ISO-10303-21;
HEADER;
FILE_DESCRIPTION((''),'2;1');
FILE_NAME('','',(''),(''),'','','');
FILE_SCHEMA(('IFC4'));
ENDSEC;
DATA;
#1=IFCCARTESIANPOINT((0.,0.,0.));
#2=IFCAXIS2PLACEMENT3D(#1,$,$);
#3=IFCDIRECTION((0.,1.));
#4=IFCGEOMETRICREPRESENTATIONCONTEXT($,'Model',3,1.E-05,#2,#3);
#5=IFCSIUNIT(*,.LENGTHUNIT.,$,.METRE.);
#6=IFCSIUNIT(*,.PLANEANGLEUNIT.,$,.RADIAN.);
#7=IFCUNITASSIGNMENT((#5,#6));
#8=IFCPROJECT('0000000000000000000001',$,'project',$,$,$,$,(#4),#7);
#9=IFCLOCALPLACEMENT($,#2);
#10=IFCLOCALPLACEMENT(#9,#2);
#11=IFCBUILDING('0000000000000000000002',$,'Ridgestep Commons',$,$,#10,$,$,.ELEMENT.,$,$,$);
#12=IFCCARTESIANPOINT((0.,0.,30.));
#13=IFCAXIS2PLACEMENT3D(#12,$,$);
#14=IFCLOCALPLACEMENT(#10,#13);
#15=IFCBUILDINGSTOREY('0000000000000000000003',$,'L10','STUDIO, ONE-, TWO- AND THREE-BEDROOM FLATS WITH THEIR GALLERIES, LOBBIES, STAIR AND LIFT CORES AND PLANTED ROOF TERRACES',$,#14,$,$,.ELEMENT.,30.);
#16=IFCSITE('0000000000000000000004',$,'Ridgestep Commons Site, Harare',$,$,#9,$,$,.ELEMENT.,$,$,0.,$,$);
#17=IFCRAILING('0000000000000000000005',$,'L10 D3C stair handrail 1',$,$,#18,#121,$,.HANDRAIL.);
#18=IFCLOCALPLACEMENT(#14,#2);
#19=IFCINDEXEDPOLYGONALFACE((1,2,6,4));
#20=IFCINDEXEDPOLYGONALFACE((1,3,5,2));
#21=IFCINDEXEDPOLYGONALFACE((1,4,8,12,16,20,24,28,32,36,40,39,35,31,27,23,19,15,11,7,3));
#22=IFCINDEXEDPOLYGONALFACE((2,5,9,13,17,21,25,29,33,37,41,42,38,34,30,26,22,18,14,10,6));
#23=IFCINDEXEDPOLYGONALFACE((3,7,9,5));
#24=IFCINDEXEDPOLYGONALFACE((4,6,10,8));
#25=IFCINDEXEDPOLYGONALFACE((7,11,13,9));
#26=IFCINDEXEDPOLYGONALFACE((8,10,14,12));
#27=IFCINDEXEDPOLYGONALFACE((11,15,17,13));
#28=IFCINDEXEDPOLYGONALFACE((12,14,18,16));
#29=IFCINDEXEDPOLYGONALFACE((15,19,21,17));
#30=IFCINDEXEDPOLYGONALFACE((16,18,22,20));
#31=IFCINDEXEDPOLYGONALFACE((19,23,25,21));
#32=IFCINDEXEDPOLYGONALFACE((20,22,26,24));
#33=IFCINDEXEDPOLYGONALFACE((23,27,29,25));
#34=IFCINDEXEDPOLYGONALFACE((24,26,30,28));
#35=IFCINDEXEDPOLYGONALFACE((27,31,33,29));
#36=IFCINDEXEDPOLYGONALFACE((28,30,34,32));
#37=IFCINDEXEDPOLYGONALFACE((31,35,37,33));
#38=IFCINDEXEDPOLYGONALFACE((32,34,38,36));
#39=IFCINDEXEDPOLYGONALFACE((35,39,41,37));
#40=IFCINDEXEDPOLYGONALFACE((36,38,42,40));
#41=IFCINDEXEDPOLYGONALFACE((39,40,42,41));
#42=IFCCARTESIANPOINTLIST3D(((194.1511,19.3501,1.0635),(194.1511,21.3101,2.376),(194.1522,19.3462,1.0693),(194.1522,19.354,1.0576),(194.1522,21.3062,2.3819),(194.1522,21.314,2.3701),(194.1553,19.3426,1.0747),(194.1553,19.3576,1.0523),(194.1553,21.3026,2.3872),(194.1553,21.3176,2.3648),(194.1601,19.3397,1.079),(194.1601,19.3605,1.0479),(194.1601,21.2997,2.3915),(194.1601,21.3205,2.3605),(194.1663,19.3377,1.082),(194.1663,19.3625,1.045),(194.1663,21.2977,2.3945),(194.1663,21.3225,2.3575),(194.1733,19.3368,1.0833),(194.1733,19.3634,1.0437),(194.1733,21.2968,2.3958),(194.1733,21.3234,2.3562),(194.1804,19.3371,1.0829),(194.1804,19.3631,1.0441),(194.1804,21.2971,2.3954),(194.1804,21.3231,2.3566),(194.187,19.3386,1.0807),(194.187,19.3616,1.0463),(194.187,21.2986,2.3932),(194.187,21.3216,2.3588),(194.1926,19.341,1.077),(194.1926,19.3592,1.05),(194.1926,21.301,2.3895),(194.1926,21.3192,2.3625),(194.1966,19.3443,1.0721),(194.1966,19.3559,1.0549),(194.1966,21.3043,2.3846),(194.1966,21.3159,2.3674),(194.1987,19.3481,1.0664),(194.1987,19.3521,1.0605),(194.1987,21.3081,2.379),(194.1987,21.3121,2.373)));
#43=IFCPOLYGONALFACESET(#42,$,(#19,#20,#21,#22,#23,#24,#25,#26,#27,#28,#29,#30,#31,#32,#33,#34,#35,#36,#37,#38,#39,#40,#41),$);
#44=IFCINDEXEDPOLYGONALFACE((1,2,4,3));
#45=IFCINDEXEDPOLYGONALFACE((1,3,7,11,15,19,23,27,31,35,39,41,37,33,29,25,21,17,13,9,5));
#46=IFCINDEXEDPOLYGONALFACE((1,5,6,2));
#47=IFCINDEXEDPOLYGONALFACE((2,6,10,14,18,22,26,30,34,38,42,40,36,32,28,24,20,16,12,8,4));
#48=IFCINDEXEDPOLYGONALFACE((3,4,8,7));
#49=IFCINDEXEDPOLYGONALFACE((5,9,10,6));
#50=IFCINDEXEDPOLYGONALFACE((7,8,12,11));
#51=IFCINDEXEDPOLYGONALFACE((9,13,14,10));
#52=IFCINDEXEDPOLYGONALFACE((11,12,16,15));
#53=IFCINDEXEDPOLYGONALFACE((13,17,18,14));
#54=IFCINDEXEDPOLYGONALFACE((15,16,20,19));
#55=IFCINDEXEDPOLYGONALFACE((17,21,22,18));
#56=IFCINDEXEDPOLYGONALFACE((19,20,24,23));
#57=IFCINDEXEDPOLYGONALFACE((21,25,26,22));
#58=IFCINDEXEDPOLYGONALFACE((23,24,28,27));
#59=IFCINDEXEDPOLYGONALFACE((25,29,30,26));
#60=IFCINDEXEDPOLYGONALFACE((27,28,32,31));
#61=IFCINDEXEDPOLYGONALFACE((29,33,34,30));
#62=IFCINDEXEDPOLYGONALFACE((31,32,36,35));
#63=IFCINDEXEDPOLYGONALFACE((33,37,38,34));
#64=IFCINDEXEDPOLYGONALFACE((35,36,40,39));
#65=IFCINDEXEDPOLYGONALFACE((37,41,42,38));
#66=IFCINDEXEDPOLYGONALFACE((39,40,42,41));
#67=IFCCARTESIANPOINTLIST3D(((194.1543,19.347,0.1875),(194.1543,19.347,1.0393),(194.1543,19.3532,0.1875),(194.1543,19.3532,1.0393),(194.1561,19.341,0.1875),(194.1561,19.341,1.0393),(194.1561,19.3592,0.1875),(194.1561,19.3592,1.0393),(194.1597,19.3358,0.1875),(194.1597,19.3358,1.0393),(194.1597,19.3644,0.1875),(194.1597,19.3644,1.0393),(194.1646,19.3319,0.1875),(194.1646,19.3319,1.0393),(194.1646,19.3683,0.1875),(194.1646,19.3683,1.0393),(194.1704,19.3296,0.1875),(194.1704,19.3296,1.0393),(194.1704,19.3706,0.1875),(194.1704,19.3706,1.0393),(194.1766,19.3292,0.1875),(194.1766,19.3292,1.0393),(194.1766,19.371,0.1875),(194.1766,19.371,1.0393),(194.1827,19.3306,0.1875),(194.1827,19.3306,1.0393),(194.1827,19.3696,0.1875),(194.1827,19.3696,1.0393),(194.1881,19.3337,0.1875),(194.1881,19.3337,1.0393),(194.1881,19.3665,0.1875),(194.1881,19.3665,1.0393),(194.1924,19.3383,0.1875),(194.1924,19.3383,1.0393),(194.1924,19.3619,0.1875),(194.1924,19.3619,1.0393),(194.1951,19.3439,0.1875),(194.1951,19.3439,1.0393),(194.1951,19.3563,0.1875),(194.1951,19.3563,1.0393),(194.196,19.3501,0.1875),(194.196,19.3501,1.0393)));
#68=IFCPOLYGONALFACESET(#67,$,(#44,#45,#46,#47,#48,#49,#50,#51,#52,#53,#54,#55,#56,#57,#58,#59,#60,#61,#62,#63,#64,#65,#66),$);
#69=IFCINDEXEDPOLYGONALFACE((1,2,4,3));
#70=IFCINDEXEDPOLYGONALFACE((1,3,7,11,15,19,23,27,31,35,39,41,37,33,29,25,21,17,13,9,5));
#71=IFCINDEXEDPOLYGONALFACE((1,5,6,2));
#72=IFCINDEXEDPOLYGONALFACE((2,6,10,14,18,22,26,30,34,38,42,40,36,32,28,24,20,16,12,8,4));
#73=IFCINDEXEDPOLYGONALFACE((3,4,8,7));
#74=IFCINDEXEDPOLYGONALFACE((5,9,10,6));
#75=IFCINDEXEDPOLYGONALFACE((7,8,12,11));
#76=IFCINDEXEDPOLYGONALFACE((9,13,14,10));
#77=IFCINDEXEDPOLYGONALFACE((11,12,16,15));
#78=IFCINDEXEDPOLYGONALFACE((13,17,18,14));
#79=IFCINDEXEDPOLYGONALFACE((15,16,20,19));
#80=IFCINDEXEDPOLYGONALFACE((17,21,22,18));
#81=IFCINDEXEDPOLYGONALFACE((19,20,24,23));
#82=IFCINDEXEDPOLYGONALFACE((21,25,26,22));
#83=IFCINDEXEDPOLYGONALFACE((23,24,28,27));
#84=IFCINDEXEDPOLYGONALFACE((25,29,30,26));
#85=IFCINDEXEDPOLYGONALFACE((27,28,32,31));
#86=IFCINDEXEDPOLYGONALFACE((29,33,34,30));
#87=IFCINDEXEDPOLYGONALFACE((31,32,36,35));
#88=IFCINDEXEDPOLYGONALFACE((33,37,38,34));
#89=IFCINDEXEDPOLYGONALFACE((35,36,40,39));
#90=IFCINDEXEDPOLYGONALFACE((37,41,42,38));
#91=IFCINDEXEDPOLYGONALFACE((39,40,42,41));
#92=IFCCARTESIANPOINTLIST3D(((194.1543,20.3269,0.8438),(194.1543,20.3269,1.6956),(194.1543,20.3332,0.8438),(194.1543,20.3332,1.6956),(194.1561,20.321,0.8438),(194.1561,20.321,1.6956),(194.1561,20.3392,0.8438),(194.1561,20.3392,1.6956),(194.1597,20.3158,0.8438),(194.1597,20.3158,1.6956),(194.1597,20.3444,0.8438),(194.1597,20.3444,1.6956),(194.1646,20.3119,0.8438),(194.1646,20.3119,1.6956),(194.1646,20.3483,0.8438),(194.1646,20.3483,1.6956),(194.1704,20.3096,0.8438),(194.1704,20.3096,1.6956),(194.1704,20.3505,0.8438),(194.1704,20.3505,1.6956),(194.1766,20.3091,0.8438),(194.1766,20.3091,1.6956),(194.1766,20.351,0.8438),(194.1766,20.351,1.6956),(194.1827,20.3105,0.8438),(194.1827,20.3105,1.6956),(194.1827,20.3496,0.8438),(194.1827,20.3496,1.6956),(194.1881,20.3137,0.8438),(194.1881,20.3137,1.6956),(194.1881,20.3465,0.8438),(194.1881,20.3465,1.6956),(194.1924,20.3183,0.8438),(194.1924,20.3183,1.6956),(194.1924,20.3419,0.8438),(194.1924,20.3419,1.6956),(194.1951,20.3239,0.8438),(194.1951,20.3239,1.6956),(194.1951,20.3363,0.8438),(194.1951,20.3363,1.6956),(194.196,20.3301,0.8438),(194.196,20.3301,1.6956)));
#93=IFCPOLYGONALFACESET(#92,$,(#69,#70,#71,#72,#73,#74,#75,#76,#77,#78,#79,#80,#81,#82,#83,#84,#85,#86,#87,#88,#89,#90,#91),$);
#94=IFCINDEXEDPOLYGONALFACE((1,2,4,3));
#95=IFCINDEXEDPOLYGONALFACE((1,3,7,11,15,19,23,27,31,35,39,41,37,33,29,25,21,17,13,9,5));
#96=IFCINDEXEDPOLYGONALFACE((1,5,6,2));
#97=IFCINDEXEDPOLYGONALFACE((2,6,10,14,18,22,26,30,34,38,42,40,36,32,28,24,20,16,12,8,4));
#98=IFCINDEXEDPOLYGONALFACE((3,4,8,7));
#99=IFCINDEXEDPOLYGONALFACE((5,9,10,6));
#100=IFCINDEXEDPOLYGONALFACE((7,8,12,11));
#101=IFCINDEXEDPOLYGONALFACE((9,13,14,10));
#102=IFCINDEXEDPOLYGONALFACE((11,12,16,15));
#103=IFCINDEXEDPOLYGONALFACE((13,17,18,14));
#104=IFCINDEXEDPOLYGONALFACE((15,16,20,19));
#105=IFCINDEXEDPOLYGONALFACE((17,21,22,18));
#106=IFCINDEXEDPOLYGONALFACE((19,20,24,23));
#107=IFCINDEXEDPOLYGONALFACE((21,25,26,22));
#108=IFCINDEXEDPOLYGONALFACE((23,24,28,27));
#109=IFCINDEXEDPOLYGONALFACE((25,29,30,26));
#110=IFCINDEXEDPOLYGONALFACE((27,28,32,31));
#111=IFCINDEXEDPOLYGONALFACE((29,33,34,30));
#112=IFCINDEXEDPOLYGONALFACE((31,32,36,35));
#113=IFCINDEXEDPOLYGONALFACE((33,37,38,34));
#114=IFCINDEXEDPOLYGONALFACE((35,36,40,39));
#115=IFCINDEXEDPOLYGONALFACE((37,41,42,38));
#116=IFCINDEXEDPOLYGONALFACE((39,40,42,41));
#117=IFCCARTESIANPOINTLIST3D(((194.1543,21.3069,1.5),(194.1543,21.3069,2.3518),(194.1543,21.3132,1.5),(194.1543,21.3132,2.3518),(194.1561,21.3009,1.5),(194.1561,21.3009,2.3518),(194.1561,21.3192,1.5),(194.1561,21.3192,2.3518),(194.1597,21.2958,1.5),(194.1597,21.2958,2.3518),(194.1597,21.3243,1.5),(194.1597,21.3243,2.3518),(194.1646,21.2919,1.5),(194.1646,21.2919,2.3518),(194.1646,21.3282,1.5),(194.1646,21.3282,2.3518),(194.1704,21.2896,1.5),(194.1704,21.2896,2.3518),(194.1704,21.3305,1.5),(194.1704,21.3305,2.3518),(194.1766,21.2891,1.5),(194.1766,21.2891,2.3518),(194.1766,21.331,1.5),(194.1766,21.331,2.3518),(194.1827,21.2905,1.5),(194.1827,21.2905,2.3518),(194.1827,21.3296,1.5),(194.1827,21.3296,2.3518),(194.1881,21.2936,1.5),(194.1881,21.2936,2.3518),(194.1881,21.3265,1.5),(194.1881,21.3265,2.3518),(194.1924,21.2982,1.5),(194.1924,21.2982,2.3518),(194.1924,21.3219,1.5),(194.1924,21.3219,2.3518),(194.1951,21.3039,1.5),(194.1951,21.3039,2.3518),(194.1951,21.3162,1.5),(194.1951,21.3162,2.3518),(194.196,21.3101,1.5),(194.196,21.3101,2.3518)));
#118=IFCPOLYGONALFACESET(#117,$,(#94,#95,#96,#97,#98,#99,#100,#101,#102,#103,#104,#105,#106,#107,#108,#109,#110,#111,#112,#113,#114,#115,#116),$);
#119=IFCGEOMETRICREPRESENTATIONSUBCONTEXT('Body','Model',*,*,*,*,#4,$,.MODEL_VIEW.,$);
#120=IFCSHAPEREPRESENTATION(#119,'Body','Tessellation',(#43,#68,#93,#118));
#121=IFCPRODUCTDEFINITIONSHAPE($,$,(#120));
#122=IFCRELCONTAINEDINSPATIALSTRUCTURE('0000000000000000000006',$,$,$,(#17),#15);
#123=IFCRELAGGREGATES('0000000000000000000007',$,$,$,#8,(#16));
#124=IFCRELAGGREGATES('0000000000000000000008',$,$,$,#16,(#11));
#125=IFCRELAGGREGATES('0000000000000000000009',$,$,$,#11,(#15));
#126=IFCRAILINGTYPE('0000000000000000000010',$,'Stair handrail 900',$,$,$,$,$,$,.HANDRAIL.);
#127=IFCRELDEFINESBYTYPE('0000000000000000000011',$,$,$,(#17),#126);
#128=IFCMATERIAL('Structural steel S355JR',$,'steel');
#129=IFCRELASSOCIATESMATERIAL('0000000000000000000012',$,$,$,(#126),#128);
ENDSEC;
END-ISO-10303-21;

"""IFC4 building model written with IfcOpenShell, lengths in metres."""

from ifc_helpers import new_model, si_unit, direction, frame, origin, origin_2d, place, context, subcontext, project, spatial, circle, extrude, material, type_object, element, save


model = new_model("IFC4")

# Units and contexts
model_context = context("Model", 3, precision=1e-05, world=origin(), true_north=direction((0.0, 1.0)))
body_context = subcontext(model_context, "Body", "Model", "MODEL_VIEW")
ifc_project = project(units=[si_unit("LENGTHUNIT", "METRE"), si_unit("PLANEANGLEUNIT", "RADIAN")], contexts=[model_context])

# Site, building, storey
site_placement = place(None, origin())
site = spatial("IfcSite", under=ifc_project, at=site_placement, Name="Ridgestep Commons Site, Harare", CompositionType="ELEMENT", RefElevation=0.0)
building_placement = place(site_placement, origin())
building = spatial("IfcBuilding", under=site, at=building_placement, Name="Ridgestep Commons", CompositionType="ELEMENT")
storey_placement = place(building_placement, frame((0.0, 0.0, 30.0)))
storey = spatial("IfcBuildingStorey", under=building, at=storey_placement, Name="L10", Description="STUDIO, ONE-, TWO- AND THREE-BEDROOM FLATS WITH THEIR GALLERIES, LOBBIES, STAIR AND LIFT CORES AND PLANTED ROOF TERRACES", CompositionType="ELEMENT", Elevation=30.0)

# Railing
ifc_material_1 = material(Name="Structural steel S355JR", Category="steel")
railing_type_1 = type_object("IfcRailingType", Name="Stair handrail 900", PredefinedType="HANDRAIL", material=ifc_material_1)
railing_1_placement = place(storey_placement, frame((194.175, 19.3501, 0.1875)))
element("IfcRailing", 1, at=railing_1_placement, inside=storey, type_object=railing_type_1, Name="L10 D3C stair handrail 1", PredefinedType="HANDRAIL", context=body_context, shape_type="SweptSolid", body=[
    extrude(circle(Radius=0.0239, at=origin_2d()), frame((0.0, 0.0, 0.876), z_axis=(0.0, 0.830902, 0.556419), x_axis=(-1.0, 0.0, 0.0)), (0.0, 0.0, 1.0), 2.3589),
    extrude(circle(Radius=0.021, at=origin_2d()), origin(), (0.0, 0.0, 1.0), 0.8518),
    extrude(circle(Radius=0.021, at=origin_2d()), frame((0.0, 0.98, 0.6562)), (0.0, 0.0, 1.0), 0.8518),
    extrude(circle(Radius=0.021, at=origin_2d()), frame((0.0, 1.96, 1.3125)), (0.0, 0.0, 1.0), 0.8518),
])

save(model, "model.ifc")
